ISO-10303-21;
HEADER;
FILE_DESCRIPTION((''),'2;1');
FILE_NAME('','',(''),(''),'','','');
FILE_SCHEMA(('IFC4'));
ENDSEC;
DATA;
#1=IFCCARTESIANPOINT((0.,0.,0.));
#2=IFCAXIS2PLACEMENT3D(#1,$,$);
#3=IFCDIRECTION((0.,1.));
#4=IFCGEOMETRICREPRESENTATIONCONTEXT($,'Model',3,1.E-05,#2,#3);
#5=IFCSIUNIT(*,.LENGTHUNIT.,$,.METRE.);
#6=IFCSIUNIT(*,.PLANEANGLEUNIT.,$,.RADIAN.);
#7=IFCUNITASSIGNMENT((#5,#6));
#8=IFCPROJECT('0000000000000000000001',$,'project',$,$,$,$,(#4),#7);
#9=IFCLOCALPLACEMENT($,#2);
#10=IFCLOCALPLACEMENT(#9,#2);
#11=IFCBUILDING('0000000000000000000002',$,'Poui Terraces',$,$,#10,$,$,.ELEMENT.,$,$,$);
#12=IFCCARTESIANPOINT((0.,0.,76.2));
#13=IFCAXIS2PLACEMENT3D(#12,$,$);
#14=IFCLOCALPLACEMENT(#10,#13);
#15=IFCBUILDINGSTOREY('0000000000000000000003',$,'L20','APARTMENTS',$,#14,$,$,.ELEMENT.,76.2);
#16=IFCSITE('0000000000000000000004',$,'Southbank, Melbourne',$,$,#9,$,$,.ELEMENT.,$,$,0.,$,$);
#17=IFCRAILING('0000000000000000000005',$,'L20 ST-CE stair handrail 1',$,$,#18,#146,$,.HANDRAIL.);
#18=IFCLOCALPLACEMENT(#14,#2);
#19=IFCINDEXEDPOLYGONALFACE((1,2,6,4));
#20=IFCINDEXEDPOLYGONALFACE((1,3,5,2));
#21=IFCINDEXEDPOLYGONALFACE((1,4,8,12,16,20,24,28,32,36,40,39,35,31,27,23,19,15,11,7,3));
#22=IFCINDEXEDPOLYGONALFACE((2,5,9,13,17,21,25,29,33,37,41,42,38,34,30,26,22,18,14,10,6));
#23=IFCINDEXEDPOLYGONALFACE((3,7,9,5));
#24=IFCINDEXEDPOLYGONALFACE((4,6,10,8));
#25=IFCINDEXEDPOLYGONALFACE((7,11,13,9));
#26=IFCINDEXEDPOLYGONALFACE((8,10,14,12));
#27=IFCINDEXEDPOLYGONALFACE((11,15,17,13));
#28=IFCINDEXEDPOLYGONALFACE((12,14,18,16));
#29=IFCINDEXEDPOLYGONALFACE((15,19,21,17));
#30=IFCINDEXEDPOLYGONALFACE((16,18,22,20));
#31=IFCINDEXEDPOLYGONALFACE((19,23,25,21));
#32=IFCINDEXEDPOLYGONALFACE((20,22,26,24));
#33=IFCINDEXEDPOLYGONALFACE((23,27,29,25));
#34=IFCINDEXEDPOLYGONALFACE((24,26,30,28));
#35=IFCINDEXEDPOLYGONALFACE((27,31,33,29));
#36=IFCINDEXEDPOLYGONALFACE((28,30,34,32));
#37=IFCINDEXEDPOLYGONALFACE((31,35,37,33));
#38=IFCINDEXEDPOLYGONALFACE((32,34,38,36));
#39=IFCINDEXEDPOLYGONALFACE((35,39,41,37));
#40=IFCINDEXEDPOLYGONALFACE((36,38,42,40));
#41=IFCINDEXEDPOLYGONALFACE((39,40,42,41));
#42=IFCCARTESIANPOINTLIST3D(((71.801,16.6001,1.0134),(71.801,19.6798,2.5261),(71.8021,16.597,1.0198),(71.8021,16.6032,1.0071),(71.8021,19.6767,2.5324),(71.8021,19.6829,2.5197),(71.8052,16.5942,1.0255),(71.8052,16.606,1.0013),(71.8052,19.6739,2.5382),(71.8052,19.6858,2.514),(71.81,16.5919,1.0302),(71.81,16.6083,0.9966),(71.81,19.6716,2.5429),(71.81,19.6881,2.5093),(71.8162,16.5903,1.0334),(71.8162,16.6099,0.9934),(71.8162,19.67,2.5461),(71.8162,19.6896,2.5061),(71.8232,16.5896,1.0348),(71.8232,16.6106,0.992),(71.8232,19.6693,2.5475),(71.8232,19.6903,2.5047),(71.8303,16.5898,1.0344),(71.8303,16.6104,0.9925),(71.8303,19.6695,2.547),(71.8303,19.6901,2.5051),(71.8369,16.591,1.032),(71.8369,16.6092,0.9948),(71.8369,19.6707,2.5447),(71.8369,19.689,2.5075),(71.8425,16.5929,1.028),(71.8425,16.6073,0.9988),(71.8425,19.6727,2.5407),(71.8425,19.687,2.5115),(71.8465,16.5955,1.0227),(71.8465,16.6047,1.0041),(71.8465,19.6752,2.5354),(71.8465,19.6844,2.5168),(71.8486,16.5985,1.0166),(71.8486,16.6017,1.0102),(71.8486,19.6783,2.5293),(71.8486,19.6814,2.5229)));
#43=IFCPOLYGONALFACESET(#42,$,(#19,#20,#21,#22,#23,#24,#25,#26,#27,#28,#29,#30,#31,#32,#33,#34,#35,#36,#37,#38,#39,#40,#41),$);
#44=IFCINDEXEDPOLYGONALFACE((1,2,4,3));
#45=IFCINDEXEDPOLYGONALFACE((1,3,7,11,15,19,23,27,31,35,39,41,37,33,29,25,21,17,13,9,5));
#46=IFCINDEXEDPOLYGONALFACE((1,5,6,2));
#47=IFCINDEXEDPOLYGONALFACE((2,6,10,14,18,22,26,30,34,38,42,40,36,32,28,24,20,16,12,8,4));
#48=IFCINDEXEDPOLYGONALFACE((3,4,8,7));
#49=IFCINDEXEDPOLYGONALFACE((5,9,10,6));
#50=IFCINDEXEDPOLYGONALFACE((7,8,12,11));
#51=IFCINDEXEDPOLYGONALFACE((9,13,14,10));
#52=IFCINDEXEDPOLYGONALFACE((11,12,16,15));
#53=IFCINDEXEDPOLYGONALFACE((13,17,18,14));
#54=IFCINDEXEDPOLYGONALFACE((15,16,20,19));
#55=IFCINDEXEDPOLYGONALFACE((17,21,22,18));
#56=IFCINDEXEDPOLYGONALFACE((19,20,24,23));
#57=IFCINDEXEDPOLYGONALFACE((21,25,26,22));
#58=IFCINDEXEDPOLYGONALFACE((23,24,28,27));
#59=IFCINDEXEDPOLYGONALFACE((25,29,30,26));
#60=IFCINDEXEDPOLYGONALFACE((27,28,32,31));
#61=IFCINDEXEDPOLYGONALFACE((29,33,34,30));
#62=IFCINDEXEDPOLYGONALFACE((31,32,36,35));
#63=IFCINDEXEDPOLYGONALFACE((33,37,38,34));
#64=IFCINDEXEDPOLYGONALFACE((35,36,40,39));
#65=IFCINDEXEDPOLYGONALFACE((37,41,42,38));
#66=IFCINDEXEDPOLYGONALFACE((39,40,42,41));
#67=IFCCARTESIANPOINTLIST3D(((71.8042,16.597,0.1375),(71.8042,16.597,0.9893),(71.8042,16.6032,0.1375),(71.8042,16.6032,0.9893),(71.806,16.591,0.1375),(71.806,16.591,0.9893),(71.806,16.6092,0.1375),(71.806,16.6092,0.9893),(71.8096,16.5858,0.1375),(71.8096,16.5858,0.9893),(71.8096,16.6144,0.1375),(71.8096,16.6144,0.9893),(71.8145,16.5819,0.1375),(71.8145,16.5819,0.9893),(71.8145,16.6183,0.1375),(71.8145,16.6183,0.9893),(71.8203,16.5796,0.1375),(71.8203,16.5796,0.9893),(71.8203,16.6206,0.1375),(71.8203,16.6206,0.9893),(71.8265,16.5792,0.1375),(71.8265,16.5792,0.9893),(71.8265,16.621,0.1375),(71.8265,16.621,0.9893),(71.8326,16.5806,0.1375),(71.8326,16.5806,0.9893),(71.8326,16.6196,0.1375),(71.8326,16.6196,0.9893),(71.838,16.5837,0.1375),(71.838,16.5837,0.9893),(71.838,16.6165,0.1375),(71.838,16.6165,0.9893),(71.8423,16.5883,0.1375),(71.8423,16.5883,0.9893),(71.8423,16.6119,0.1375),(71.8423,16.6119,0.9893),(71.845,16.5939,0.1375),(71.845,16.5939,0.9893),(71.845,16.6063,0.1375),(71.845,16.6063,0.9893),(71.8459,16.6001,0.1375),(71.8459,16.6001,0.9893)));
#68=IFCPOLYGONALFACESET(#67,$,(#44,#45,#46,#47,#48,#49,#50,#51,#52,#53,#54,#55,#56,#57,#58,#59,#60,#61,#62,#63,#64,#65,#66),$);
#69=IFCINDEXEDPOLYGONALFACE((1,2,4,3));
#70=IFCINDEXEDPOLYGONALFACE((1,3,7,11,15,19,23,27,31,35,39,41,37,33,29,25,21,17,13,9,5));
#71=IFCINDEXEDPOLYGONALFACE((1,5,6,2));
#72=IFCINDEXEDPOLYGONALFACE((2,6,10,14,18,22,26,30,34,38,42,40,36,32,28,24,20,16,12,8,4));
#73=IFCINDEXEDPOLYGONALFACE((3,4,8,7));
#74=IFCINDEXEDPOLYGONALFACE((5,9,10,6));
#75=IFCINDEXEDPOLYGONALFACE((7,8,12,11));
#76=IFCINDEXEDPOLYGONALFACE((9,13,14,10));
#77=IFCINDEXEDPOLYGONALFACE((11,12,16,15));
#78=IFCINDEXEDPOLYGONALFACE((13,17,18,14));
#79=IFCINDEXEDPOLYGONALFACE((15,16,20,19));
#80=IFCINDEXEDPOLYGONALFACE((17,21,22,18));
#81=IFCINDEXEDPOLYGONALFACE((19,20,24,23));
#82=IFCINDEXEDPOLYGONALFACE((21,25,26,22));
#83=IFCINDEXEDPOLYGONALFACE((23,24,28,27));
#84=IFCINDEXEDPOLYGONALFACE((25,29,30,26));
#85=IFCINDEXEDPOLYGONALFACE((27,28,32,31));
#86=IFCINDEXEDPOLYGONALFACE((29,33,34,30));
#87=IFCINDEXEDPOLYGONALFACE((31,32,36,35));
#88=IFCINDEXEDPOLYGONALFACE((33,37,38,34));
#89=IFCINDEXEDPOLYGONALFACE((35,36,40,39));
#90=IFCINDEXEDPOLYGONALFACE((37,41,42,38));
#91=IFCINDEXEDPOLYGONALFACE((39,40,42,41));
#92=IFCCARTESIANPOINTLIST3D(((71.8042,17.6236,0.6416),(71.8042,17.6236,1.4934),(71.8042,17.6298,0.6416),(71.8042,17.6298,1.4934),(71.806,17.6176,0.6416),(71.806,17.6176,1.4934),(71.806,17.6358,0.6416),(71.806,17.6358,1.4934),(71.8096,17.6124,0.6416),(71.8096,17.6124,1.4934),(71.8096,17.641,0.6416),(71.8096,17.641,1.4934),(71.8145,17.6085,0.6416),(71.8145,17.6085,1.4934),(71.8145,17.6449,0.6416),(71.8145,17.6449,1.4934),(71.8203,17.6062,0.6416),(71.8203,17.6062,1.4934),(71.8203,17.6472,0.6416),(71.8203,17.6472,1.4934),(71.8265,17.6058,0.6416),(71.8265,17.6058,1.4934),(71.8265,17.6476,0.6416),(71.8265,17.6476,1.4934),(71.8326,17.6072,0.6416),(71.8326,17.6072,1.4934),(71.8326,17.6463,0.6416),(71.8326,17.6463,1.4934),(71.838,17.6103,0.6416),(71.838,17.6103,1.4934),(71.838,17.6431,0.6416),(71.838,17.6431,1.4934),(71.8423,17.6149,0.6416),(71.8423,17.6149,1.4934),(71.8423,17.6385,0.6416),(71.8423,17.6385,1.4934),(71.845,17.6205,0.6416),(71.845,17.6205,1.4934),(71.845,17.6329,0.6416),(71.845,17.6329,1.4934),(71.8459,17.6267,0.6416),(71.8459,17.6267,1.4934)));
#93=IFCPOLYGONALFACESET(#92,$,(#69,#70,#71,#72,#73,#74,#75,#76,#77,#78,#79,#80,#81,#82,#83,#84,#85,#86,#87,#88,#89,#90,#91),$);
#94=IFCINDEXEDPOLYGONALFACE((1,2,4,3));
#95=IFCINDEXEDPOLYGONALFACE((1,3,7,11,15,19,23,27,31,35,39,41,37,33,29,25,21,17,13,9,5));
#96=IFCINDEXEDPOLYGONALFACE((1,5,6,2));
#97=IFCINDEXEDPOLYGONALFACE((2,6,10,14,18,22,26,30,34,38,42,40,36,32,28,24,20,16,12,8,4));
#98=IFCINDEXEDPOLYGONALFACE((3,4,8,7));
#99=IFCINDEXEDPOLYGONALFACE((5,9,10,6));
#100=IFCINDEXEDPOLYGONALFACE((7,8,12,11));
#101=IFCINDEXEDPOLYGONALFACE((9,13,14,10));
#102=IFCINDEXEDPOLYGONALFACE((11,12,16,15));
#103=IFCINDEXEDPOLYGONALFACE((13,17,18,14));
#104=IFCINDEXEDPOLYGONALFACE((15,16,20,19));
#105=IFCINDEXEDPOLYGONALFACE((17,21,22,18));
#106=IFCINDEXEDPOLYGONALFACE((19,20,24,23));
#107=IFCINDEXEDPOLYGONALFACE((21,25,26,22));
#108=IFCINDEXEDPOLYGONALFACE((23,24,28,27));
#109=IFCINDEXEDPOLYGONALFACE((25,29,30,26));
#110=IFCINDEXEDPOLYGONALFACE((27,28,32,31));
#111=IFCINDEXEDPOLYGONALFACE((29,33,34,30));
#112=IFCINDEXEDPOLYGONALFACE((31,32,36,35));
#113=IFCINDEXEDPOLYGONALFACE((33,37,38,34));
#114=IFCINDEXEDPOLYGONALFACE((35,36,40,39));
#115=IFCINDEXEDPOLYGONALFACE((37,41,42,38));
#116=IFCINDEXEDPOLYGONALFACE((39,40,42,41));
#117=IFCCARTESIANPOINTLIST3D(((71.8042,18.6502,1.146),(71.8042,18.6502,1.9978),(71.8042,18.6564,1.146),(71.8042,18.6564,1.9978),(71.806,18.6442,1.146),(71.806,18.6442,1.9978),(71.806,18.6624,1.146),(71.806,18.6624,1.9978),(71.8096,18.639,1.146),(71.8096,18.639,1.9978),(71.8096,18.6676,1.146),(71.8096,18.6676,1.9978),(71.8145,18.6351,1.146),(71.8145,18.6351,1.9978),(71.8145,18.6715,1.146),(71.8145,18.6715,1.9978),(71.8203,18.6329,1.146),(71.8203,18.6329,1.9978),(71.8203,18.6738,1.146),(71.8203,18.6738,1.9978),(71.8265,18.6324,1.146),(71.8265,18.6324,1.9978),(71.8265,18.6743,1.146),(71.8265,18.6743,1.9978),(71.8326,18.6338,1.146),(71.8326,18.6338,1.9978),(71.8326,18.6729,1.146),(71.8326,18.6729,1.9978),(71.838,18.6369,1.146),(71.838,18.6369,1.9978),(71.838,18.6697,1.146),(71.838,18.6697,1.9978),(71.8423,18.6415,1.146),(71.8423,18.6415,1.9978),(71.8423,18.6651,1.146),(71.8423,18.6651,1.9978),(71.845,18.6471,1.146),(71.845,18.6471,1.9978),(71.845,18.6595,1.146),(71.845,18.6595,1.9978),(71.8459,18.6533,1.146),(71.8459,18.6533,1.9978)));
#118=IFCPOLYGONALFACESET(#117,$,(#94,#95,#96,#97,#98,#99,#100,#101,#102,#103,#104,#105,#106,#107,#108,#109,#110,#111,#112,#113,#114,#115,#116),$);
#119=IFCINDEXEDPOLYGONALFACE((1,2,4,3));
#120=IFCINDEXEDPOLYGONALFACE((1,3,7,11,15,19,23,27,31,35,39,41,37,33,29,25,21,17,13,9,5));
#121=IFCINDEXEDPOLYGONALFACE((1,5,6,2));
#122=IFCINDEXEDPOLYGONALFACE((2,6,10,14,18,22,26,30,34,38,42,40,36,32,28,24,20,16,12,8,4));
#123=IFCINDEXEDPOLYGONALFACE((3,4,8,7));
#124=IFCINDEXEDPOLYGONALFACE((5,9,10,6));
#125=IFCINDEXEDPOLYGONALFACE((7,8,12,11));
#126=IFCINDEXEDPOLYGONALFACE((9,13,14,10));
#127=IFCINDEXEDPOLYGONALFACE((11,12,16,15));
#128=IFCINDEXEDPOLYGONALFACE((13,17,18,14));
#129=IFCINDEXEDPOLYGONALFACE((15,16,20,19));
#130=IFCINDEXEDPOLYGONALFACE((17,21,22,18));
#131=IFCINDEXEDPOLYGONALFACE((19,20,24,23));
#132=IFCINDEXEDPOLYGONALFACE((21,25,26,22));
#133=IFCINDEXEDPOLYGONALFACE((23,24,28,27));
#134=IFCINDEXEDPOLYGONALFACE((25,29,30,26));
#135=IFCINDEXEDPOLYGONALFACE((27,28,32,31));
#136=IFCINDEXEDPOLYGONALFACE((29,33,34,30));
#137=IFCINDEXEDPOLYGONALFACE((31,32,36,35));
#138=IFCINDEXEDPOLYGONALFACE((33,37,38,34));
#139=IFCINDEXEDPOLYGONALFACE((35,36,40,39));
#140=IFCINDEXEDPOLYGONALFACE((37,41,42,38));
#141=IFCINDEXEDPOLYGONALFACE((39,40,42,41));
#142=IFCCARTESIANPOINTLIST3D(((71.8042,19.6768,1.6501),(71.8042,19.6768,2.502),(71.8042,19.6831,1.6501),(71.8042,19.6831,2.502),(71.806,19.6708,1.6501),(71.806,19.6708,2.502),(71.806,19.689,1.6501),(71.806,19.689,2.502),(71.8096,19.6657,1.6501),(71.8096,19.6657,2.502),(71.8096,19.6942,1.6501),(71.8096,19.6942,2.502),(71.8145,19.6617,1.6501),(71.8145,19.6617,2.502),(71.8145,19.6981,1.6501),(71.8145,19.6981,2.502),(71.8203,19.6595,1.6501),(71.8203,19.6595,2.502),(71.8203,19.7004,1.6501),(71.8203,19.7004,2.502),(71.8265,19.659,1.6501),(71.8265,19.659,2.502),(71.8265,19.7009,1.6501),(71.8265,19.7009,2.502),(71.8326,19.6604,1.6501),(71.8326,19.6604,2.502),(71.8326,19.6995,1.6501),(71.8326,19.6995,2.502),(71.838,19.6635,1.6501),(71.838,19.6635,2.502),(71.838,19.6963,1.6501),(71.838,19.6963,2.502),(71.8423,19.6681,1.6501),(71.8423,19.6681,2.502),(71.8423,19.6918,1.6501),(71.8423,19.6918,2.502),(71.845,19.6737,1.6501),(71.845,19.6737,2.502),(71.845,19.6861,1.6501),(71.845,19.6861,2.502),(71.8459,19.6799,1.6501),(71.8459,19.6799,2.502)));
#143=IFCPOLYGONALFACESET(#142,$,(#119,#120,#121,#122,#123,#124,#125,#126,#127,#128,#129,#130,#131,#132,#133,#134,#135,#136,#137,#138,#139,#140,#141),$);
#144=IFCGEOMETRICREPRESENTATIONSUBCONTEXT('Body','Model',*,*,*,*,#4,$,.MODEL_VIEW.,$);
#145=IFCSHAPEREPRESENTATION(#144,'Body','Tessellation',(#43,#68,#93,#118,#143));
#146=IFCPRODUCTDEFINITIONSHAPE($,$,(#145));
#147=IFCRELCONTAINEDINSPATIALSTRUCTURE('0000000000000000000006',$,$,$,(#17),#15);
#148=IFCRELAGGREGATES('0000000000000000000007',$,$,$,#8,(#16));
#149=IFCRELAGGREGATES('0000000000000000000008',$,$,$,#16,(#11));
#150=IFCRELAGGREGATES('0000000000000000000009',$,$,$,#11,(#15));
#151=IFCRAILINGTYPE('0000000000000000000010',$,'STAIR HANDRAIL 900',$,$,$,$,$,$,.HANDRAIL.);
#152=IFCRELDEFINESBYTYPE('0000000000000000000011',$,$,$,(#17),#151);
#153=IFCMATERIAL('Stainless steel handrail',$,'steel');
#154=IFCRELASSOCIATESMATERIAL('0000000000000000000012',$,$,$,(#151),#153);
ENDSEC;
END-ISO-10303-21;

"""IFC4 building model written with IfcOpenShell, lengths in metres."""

from ifc_helpers import new_model, si_unit, direction, frame, origin, origin_2d, place, context, subcontext, project, spatial, circle, extrude, material, type_object, element, save


model = new_model("IFC4")

# Units and contexts
model_context = context("Model", 3, precision=1e-05, world=origin(), true_north=direction((0.0, 1.0)))
body_context = subcontext(model_context, "Body", "Model", "MODEL_VIEW")
ifc_project = project(units=[si_unit("LENGTHUNIT", "METRE"), si_unit("PLANEANGLEUNIT", "RADIAN")], contexts=[model_context])

# Site, building, storey
site_placement = place(None, origin())
site = spatial("IfcSite", under=ifc_project, at=site_placement, Name="Southbank, Melbourne", CompositionType="ELEMENT", RefElevation=0.0)
building_placement = place(site_placement, origin())
building = spatial("IfcBuilding", under=site, at=building_placement, Name="Poui Terraces", CompositionType="ELEMENT")
storey_placement = place(building_placement, frame((0.0, 0.0, 76.2)))
storey = spatial("IfcBuildingStorey", under=building, at=storey_placement, Name="L20", Description="APARTMENTS", CompositionType="ELEMENT", Elevation=76.2)

# Railing
ifc_material_1 = material(Name="Stainless steel handrail", Category="steel")
railing_type_1 = type_object("IfcRailingType", Name="STAIR HANDRAIL 900", PredefinedType="HANDRAIL", material=ifc_material_1)
railing_1_placement = place(storey_placement, frame((71.825, 16.6001, 0.1375)))
element("IfcRailing", 1, at=railing_1_placement, inside=storey, type_object=railing_type_1, Name="L20 ST-CE stair handrail 1", PredefinedType="HANDRAIL", context=body_context, shape_type="SweptSolid", body=[
    extrude(circle(Radius=0.0239, at=origin_2d()), frame((0.0, 0.0, 0.876), z_axis=(0.0, 0.897578, 0.440856), x_axis=(-1.0, 0.0, 0.0)), (0.0, 0.0, 1.0), 3.4312),
    extrude(circle(Radius=0.021, at=origin_2d()), origin(), (0.0, 0.0, 1.0), 0.8518),
    extrude(circle(Radius=0.021, at=origin_2d()), frame((0.0, 1.0266, 0.5042)), (0.0, 0.0, 1.0), 0.8518),
    extrude(circle(Radius=0.021, at=origin_2d()), frame((0.0, 2.0532, 1.0085)), (0.0, 0.0, 1.0), 0.8518),
    extrude(circle(Radius=0.021, at=origin_2d()), frame((0.0, 3.0798, 1.5127)), (0.0, 0.0, 1.0), 0.8518),
])

save(model, "model.ifc")
